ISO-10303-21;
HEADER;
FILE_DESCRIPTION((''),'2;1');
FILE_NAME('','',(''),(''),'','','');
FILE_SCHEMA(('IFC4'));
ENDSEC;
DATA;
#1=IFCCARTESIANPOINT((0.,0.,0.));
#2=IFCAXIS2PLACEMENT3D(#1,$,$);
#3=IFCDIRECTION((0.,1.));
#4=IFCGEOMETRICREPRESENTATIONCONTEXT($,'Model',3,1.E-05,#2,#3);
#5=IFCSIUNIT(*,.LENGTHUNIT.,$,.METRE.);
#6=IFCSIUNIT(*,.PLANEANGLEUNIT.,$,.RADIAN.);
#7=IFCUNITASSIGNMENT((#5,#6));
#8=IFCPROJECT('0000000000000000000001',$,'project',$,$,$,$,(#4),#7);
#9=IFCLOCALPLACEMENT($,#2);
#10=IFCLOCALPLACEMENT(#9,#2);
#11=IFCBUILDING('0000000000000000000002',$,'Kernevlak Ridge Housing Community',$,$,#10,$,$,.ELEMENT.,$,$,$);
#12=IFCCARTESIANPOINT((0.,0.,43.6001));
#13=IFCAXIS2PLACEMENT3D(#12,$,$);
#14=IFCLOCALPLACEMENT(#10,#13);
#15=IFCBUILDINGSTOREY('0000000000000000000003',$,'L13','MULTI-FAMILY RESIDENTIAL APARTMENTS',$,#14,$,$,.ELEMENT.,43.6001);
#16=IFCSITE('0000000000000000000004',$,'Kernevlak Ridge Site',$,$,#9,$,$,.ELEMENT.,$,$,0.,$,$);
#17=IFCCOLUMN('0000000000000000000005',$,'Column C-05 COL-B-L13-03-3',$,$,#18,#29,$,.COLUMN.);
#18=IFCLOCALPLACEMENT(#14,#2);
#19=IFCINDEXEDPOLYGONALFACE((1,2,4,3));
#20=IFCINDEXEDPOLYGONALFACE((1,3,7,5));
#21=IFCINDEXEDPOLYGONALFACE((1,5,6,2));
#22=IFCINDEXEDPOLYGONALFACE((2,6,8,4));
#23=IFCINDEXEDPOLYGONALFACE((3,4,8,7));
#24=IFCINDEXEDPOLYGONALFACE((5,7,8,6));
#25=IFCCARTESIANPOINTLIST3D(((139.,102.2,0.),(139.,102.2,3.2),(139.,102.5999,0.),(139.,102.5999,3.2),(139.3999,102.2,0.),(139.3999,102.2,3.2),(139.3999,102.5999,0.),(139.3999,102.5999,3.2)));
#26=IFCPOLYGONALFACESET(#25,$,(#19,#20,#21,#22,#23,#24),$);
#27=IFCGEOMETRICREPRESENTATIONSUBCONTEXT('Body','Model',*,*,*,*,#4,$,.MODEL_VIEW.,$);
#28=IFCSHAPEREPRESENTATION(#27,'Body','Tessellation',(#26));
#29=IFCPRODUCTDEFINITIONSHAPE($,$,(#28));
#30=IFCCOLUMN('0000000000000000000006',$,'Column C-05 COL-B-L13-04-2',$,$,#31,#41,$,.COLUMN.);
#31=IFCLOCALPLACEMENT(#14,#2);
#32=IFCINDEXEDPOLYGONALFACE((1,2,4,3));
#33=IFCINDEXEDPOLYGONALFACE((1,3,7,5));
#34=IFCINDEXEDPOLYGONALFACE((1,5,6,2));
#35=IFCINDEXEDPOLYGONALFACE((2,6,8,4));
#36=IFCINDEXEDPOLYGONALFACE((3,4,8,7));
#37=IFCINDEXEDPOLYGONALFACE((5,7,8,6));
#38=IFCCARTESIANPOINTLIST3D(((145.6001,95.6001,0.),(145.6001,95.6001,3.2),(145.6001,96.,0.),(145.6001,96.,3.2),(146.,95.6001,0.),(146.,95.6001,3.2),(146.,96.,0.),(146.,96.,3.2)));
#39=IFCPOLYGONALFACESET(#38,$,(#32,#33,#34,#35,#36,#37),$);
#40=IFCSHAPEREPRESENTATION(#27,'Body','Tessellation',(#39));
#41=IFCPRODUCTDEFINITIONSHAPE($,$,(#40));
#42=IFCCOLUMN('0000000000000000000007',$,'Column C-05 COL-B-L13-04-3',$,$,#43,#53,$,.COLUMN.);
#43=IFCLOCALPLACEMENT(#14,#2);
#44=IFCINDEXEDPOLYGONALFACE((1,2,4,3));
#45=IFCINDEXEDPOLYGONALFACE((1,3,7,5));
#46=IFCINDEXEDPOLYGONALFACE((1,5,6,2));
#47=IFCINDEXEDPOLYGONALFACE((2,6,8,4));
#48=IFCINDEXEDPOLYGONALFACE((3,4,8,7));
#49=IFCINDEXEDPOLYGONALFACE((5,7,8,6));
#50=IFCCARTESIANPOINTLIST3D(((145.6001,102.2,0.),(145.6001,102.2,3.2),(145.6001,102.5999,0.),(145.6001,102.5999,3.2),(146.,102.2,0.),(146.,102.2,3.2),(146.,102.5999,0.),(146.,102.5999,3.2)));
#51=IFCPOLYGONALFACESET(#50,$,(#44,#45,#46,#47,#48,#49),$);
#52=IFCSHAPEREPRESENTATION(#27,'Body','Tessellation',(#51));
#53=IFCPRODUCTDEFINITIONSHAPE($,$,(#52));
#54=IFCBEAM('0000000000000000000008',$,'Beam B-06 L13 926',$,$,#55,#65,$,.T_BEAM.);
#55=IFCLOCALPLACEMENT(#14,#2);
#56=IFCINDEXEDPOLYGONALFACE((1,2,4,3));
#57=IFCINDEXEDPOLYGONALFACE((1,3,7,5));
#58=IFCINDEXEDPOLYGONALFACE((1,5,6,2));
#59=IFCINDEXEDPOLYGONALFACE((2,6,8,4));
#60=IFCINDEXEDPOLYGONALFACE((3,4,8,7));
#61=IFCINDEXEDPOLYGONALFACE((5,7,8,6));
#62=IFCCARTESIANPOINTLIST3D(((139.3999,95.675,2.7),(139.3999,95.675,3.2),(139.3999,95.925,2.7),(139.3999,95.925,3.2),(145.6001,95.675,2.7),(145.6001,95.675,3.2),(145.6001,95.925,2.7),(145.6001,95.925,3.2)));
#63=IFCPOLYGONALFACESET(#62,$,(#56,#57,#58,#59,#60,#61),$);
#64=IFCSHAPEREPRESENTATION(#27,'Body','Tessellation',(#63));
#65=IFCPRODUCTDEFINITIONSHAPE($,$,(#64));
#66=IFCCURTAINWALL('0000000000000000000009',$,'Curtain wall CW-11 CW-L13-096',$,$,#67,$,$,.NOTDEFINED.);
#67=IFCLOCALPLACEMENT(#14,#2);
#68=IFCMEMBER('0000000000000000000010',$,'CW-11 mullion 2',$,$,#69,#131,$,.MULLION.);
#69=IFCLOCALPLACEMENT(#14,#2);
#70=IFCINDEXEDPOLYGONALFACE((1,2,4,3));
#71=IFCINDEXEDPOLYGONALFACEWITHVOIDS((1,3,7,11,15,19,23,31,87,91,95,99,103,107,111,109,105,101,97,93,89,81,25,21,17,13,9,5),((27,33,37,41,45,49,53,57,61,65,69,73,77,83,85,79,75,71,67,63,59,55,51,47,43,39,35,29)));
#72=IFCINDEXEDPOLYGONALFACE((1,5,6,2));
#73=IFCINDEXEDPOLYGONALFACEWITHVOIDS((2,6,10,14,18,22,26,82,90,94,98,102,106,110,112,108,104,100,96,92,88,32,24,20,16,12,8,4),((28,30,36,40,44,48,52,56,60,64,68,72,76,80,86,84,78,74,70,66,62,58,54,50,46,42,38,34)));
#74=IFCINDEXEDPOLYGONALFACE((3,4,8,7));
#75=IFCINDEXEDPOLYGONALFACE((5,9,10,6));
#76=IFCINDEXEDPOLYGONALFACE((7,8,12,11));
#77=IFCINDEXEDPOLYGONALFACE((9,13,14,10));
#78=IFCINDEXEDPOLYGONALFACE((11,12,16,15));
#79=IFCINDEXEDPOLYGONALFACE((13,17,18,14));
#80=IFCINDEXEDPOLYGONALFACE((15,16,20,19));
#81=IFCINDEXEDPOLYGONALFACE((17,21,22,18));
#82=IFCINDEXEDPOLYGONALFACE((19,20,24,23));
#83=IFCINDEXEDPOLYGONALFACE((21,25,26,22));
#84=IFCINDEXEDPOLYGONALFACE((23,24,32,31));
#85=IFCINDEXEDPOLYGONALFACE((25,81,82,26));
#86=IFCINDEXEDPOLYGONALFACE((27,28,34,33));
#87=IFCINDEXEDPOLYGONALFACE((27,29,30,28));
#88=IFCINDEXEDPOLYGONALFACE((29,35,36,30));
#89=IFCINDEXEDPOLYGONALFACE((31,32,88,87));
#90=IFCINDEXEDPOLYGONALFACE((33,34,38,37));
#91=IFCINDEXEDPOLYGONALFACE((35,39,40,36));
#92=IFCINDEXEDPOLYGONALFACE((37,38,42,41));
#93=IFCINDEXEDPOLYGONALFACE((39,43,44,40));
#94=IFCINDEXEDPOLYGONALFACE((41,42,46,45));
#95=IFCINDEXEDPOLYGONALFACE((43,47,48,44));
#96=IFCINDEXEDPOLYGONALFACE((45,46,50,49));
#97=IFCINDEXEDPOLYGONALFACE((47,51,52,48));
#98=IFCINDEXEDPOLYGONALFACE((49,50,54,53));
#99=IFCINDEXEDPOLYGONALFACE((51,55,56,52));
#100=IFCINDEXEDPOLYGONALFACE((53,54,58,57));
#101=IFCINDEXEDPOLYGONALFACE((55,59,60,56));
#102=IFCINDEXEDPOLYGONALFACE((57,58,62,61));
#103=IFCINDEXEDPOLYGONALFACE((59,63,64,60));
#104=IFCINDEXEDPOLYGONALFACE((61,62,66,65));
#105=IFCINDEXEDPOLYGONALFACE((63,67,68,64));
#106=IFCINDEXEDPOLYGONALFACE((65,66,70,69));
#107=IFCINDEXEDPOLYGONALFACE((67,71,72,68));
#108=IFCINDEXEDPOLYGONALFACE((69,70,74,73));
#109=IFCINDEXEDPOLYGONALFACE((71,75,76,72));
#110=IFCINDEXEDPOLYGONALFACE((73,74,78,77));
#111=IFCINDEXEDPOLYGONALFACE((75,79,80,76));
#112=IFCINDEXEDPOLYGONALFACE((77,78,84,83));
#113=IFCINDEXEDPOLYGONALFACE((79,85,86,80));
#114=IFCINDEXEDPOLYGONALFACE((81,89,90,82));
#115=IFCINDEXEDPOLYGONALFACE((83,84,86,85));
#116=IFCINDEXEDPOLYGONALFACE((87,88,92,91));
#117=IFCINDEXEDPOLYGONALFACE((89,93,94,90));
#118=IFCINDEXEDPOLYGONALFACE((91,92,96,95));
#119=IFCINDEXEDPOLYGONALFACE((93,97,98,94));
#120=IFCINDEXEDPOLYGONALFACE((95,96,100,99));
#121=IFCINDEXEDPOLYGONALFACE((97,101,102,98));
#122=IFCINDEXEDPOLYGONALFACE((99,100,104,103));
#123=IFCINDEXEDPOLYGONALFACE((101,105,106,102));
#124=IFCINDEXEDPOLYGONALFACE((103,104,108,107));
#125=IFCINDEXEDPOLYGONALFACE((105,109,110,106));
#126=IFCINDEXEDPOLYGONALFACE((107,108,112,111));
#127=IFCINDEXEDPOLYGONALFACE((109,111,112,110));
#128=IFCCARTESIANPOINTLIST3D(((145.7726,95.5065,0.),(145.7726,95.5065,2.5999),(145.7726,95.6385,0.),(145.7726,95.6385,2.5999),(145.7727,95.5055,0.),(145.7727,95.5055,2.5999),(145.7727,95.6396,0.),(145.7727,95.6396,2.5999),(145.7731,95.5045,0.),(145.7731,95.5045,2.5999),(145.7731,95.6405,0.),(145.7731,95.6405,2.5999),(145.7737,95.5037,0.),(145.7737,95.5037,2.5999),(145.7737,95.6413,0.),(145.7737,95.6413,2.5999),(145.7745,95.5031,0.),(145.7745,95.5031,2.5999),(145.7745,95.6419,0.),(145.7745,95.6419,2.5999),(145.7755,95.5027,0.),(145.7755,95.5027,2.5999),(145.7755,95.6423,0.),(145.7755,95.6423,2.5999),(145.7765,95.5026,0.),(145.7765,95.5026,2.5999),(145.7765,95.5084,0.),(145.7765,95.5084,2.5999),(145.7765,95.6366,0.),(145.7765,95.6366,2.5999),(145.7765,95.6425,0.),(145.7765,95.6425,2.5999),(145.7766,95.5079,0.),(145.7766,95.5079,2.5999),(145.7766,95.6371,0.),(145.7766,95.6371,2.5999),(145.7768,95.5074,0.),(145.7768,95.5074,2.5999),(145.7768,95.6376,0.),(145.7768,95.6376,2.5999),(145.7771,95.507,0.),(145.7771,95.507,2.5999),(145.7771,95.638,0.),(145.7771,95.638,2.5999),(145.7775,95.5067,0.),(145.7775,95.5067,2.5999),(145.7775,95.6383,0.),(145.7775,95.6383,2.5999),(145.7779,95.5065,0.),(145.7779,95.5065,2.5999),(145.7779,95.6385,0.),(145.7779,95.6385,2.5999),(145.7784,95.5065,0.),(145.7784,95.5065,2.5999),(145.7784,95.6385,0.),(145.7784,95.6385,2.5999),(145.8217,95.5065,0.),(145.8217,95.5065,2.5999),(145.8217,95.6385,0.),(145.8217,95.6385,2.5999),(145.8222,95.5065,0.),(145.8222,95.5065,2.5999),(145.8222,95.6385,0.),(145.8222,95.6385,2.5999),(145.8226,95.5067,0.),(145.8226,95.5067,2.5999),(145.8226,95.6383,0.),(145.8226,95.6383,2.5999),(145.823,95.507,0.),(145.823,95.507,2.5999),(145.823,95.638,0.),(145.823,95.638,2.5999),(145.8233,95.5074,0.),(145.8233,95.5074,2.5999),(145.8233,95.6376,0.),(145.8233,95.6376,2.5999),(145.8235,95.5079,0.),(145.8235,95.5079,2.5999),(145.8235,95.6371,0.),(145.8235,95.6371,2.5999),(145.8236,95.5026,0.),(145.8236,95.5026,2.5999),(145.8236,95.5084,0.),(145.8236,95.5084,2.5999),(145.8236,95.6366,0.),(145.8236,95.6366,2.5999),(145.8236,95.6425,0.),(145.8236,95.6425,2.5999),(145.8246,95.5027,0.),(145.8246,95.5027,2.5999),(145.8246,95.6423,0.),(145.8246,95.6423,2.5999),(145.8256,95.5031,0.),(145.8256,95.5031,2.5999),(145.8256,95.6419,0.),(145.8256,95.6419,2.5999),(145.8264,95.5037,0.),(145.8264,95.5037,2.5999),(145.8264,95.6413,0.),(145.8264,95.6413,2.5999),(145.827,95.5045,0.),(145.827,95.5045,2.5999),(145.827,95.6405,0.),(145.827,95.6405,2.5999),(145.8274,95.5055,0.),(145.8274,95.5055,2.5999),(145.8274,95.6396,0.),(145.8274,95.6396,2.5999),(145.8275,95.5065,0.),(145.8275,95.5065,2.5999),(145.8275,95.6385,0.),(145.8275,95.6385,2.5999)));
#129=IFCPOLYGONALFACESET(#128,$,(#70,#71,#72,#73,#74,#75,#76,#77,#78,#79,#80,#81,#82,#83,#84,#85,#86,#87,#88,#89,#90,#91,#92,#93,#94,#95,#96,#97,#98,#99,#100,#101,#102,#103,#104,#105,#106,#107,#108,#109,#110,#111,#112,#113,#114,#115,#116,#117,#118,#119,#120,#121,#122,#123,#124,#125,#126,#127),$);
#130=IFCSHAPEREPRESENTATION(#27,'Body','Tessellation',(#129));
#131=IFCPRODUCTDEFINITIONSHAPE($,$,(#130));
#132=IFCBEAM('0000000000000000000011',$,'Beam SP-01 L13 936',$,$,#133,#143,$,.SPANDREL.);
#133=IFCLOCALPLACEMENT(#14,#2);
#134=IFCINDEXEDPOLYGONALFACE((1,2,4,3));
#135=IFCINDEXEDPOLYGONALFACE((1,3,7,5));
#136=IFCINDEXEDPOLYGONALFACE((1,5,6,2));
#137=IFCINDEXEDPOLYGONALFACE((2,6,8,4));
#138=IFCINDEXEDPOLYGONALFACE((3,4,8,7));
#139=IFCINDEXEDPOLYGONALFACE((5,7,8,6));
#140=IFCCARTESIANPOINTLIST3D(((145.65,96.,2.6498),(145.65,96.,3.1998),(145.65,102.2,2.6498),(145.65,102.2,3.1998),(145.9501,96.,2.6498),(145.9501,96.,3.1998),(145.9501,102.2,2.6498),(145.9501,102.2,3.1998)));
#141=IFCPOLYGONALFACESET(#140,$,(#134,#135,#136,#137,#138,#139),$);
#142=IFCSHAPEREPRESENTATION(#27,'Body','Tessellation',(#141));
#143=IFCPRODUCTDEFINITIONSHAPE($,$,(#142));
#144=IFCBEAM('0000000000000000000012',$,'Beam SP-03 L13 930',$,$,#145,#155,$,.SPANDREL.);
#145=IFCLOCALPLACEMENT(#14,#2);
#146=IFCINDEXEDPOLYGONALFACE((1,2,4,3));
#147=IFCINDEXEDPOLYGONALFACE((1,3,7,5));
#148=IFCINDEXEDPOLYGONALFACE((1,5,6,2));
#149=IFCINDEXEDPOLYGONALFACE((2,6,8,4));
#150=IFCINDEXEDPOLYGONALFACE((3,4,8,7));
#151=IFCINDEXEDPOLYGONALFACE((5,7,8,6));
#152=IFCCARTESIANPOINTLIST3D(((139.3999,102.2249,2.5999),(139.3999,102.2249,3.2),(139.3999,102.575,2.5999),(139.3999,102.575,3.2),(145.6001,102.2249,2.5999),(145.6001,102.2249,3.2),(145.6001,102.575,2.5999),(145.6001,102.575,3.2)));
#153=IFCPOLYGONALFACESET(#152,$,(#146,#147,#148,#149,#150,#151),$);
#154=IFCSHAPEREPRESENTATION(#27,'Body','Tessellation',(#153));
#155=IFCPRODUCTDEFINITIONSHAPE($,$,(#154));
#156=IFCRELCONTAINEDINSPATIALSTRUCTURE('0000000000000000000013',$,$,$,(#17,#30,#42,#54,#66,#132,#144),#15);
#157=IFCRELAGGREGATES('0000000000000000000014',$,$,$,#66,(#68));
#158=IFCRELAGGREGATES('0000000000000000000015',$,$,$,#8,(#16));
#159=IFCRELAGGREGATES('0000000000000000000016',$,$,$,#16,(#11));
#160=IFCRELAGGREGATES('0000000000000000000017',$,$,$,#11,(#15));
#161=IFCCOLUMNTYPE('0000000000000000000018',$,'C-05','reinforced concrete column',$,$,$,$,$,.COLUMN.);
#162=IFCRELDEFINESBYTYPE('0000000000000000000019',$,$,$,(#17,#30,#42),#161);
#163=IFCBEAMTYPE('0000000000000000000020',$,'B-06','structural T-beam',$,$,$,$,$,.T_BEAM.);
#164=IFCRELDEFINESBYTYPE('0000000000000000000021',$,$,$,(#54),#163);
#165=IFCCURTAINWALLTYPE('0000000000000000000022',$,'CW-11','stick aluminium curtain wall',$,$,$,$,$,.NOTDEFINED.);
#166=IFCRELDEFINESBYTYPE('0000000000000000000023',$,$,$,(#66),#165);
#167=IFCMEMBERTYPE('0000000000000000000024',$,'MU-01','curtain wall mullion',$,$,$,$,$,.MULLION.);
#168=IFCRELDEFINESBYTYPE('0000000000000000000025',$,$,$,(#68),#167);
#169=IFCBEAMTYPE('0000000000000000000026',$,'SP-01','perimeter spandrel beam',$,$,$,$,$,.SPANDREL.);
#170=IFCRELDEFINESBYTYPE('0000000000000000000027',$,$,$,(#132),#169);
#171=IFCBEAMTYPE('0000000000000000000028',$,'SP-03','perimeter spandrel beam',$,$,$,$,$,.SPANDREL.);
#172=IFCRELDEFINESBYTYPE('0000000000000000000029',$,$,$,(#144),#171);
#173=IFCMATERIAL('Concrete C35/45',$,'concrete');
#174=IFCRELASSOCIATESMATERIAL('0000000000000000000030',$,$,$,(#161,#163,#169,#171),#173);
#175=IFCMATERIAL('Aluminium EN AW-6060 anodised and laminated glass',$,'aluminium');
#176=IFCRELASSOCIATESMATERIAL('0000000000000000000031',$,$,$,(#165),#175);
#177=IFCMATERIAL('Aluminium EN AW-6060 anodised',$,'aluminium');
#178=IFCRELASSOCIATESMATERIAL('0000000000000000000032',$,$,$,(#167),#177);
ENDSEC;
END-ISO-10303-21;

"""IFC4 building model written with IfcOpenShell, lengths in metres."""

from ifc_helpers import new_model, si_unit, direction, frame, origin, origin_2d, place, context, subcontext, project, spatial, rectangle, hollow_rectangle, extrude, material, material_profile, profile_set, type_object, element, aggregate, save


model = new_model("IFC4")

# Units and contexts
model_context = context("Model", 3, precision=1e-05, world=origin(), true_north=direction((0.0, 1.0)))
body_context = subcontext(model_context, "Body", "Model", "MODEL_VIEW")
ifc_project = project(units=[si_unit("LENGTHUNIT", "METRE"), si_unit("PLANEANGLEUNIT", "RADIAN")], contexts=[model_context])

# Site, building, storey
site_placement = place(None, origin())
site = spatial("IfcSite", under=ifc_project, at=site_placement, Name="Kernevlak Ridge Site", CompositionType="ELEMENT", RefElevation=0.0)
building_placement = place(site_placement, origin())
building = spatial("IfcBuilding", under=site, at=building_placement, Name="Kernevlak Ridge Housing Community", CompositionType="ELEMENT")
storey_placement = place(building_placement, frame((0.0, 0.0, 43.6001)))
storey = spatial("IfcBuildingStorey", under=building, at=storey_placement, Name="L13", Description="MULTI-FAMILY RESIDENTIAL APARTMENTS", CompositionType="ELEMENT", Elevation=43.6001)

# Columns
ifc_material_1 = material(Name="Concrete C35/45", Category="concrete")
ifc_material_profile_1 = material_profile(ifc_material_1, rectangle(XDim=0.3999, YDim=0.3999, at=origin_2d()), Name="RC 400x400")
ifc_profile_set_1 = profile_set([ifc_material_profile_1], Name="Concrete C35/45")
column_type = type_object("IfcColumnType", Name="C-05", Description="reinforced concrete column", PredefinedType="COLUMN", material=ifc_profile_set_1)
for number, where, z_axis, x_axis, name in (
    (1, (139.2, 102.3999, 0.0), (0.0, 0.0, 1.0), (1.0, 0.0, 0.0), "Column C-05 COL-B-L13-03-3"),
    (2, (145.8, 95.8, 0.0), (0.0, 0.0, 1.0), (1.0, 0.0, 0.0), "Column C-05 COL-B-L13-04-2"),
    (3, (145.8, 102.3999, 0.0), (0.0, 0.0, 1.0), (1.0, 0.0, 0.0), "Column C-05 COL-B-L13-04-3"),
):
    element("IfcColumn", number, at=place(storey_placement, frame(where, z_axis=z_axis, x_axis=x_axis)), inside=storey, type_object=column_type, Name=name, PredefinedType="COLUMN", context=body_context, shape_type="SweptSolid", body=[
        extrude(rectangle(XDim=0.3999, YDim=0.3999, at=origin_2d()), origin(), (0.0, 0.0, 1.0), 3.2),
    ])

# Beam
ifc_material_profile_2 = material_profile(ifc_material_1, rectangle(XDim=0.25, YDim=0.5, at=origin_2d()), Name="RC 250x500")
ifc_profile_set_2 = profile_set([ifc_material_profile_2], Name="Concrete C35/45")
beam_type_1 = type_object("IfcBeamType", Name="B-06", Description="structural T-beam", PredefinedType="T_BEAM", material=ifc_profile_set_2)
beam_1_placement = place(storey_placement, frame((139.3999, 95.8, 2.95), z_axis=(1.0, 0.0, 0.0), x_axis=(0.0, 1.0, 0.0)))
element("IfcBeam", 4, at=beam_1_placement, inside=storey, type_object=beam_type_1, Name="Beam B-06 L13 926", PredefinedType="T_BEAM", context=body_context, shape_type="SweptSolid", body=[
    extrude(rectangle(XDim=0.25, YDim=0.5, at=origin_2d()), origin(), (0.0, 0.0, 1.0), 6.2002),
])

# Curtain wall, member
ifc_material_2 = material(Name="Aluminium EN AW-6060 anodised and laminated glass", Category="aluminium")
curtain_wall_type = type_object("IfcCurtainWallType", Name="CW-11", Description="stick aluminium curtain wall", PredefinedType="NOTDEFINED", material=ifc_material_2)
curtain_wall_placement = place(storey_placement, origin())
curtain_wall = element("IfcCurtainWall", 5, at=curtain_wall_placement, inside=storey, type_object=curtain_wall_type, Name="Curtain wall CW-11 CW-L13-096", PredefinedType="NOTDEFINED")
ifc_material_3 = material(Name="Aluminium EN AW-6060 anodised", Category="aluminium")
ifc_material_profile_3 = material_profile(ifc_material_3, hollow_rectangle(XDim=0.0549, YDim=0.1399, WallThickness=0.0039, InnerFilletRadius=0.002, OuterFilletRadius=0.0039, at=origin_2d()), Name="ALU 55x140x4")
ifc_profile_set_3 = profile_set([ifc_material_profile_3], Name="Aluminium EN AW-6060 anodised")
member_type_1 = type_object("IfcMemberType", Name="MU-01", Description="curtain wall mullion", PredefinedType="MULLION", material=ifc_profile_set_3)
member_1_placement = place(storey_placement, frame((145.8, 95.5725, 0.0), z_axis=(0.0, 0.0, 1.0), x_axis=(-1.0, 0.0, 0.0)))
member_1 = element("IfcMember", 6, at=member_1_placement, type_object=member_type_1, Name="CW-11 mullion 2", PredefinedType="MULLION", context=body_context, shape_type="SweptSolid", body=[
    extrude(hollow_rectangle(XDim=0.0549, YDim=0.1399, WallThickness=0.0039, InnerFilletRadius=0.002, OuterFilletRadius=0.0039, at=origin_2d()), origin(), (0.0, 0.0, 1.0), 2.5999),
])

# Beams
ifc_material_profile_4 = material_profile(ifc_material_1, rectangle(XDim=0.3, YDim=0.55, at=origin_2d()), Name="RC 300x550")
ifc_profile_set_4 = profile_set([ifc_material_profile_4], Name="Concrete C35/45")
beam_type_2 = type_object("IfcBeamType", Name="SP-01", Description="perimeter spandrel beam", PredefinedType="SPANDREL", material=ifc_profile_set_4)
beam_2_placement = place(storey_placement, frame((145.8, 96.0, 2.9248), z_axis=(0.0, 1.0, 0.0), x_axis=(-1.0, 0.0, 0.0)))
element("IfcBeam", 7, at=beam_2_placement, inside=storey, type_object=beam_type_2, Name="Beam SP-01 L13 936", PredefinedType="SPANDREL", context=body_context, shape_type="SweptSolid", body=[
    extrude(rectangle(XDim=0.3, YDim=0.55, at=origin_2d()), origin(), (0.0, 0.0, 1.0), 6.2),
])
ifc_material_profile_5 = material_profile(ifc_material_1, rectangle(XDim=0.3501, YDim=0.6001, at=origin_2d()), Name="RC 350x600")
ifc_profile_set_5 = profile_set([ifc_material_profile_5], Name="Concrete C35/45")
beam_type_3 = type_object("IfcBeamType", Name="SP-03", Description="perimeter spandrel beam", PredefinedType="SPANDREL", material=ifc_profile_set_5)
beam_3_placement = place(storey_placement, frame((139.3999, 102.3999, 2.8999), z_axis=(1.0, 0.0, 0.0), x_axis=(0.0, 1.0, 0.0)))
element("IfcBeam", 8, at=beam_3_placement, inside=storey, type_object=beam_type_3, Name="Beam SP-03 L13 930", PredefinedType="SPANDREL", context=body_context, shape_type="SweptSolid", body=[
    extrude(rectangle(XDim=0.3501, YDim=0.6001, at=origin_2d()), origin(), (0.0, 0.0, 1.0), 6.2002),
])

aggregate(curtain_wall, [member_1])

save(model, "model.ifc")
